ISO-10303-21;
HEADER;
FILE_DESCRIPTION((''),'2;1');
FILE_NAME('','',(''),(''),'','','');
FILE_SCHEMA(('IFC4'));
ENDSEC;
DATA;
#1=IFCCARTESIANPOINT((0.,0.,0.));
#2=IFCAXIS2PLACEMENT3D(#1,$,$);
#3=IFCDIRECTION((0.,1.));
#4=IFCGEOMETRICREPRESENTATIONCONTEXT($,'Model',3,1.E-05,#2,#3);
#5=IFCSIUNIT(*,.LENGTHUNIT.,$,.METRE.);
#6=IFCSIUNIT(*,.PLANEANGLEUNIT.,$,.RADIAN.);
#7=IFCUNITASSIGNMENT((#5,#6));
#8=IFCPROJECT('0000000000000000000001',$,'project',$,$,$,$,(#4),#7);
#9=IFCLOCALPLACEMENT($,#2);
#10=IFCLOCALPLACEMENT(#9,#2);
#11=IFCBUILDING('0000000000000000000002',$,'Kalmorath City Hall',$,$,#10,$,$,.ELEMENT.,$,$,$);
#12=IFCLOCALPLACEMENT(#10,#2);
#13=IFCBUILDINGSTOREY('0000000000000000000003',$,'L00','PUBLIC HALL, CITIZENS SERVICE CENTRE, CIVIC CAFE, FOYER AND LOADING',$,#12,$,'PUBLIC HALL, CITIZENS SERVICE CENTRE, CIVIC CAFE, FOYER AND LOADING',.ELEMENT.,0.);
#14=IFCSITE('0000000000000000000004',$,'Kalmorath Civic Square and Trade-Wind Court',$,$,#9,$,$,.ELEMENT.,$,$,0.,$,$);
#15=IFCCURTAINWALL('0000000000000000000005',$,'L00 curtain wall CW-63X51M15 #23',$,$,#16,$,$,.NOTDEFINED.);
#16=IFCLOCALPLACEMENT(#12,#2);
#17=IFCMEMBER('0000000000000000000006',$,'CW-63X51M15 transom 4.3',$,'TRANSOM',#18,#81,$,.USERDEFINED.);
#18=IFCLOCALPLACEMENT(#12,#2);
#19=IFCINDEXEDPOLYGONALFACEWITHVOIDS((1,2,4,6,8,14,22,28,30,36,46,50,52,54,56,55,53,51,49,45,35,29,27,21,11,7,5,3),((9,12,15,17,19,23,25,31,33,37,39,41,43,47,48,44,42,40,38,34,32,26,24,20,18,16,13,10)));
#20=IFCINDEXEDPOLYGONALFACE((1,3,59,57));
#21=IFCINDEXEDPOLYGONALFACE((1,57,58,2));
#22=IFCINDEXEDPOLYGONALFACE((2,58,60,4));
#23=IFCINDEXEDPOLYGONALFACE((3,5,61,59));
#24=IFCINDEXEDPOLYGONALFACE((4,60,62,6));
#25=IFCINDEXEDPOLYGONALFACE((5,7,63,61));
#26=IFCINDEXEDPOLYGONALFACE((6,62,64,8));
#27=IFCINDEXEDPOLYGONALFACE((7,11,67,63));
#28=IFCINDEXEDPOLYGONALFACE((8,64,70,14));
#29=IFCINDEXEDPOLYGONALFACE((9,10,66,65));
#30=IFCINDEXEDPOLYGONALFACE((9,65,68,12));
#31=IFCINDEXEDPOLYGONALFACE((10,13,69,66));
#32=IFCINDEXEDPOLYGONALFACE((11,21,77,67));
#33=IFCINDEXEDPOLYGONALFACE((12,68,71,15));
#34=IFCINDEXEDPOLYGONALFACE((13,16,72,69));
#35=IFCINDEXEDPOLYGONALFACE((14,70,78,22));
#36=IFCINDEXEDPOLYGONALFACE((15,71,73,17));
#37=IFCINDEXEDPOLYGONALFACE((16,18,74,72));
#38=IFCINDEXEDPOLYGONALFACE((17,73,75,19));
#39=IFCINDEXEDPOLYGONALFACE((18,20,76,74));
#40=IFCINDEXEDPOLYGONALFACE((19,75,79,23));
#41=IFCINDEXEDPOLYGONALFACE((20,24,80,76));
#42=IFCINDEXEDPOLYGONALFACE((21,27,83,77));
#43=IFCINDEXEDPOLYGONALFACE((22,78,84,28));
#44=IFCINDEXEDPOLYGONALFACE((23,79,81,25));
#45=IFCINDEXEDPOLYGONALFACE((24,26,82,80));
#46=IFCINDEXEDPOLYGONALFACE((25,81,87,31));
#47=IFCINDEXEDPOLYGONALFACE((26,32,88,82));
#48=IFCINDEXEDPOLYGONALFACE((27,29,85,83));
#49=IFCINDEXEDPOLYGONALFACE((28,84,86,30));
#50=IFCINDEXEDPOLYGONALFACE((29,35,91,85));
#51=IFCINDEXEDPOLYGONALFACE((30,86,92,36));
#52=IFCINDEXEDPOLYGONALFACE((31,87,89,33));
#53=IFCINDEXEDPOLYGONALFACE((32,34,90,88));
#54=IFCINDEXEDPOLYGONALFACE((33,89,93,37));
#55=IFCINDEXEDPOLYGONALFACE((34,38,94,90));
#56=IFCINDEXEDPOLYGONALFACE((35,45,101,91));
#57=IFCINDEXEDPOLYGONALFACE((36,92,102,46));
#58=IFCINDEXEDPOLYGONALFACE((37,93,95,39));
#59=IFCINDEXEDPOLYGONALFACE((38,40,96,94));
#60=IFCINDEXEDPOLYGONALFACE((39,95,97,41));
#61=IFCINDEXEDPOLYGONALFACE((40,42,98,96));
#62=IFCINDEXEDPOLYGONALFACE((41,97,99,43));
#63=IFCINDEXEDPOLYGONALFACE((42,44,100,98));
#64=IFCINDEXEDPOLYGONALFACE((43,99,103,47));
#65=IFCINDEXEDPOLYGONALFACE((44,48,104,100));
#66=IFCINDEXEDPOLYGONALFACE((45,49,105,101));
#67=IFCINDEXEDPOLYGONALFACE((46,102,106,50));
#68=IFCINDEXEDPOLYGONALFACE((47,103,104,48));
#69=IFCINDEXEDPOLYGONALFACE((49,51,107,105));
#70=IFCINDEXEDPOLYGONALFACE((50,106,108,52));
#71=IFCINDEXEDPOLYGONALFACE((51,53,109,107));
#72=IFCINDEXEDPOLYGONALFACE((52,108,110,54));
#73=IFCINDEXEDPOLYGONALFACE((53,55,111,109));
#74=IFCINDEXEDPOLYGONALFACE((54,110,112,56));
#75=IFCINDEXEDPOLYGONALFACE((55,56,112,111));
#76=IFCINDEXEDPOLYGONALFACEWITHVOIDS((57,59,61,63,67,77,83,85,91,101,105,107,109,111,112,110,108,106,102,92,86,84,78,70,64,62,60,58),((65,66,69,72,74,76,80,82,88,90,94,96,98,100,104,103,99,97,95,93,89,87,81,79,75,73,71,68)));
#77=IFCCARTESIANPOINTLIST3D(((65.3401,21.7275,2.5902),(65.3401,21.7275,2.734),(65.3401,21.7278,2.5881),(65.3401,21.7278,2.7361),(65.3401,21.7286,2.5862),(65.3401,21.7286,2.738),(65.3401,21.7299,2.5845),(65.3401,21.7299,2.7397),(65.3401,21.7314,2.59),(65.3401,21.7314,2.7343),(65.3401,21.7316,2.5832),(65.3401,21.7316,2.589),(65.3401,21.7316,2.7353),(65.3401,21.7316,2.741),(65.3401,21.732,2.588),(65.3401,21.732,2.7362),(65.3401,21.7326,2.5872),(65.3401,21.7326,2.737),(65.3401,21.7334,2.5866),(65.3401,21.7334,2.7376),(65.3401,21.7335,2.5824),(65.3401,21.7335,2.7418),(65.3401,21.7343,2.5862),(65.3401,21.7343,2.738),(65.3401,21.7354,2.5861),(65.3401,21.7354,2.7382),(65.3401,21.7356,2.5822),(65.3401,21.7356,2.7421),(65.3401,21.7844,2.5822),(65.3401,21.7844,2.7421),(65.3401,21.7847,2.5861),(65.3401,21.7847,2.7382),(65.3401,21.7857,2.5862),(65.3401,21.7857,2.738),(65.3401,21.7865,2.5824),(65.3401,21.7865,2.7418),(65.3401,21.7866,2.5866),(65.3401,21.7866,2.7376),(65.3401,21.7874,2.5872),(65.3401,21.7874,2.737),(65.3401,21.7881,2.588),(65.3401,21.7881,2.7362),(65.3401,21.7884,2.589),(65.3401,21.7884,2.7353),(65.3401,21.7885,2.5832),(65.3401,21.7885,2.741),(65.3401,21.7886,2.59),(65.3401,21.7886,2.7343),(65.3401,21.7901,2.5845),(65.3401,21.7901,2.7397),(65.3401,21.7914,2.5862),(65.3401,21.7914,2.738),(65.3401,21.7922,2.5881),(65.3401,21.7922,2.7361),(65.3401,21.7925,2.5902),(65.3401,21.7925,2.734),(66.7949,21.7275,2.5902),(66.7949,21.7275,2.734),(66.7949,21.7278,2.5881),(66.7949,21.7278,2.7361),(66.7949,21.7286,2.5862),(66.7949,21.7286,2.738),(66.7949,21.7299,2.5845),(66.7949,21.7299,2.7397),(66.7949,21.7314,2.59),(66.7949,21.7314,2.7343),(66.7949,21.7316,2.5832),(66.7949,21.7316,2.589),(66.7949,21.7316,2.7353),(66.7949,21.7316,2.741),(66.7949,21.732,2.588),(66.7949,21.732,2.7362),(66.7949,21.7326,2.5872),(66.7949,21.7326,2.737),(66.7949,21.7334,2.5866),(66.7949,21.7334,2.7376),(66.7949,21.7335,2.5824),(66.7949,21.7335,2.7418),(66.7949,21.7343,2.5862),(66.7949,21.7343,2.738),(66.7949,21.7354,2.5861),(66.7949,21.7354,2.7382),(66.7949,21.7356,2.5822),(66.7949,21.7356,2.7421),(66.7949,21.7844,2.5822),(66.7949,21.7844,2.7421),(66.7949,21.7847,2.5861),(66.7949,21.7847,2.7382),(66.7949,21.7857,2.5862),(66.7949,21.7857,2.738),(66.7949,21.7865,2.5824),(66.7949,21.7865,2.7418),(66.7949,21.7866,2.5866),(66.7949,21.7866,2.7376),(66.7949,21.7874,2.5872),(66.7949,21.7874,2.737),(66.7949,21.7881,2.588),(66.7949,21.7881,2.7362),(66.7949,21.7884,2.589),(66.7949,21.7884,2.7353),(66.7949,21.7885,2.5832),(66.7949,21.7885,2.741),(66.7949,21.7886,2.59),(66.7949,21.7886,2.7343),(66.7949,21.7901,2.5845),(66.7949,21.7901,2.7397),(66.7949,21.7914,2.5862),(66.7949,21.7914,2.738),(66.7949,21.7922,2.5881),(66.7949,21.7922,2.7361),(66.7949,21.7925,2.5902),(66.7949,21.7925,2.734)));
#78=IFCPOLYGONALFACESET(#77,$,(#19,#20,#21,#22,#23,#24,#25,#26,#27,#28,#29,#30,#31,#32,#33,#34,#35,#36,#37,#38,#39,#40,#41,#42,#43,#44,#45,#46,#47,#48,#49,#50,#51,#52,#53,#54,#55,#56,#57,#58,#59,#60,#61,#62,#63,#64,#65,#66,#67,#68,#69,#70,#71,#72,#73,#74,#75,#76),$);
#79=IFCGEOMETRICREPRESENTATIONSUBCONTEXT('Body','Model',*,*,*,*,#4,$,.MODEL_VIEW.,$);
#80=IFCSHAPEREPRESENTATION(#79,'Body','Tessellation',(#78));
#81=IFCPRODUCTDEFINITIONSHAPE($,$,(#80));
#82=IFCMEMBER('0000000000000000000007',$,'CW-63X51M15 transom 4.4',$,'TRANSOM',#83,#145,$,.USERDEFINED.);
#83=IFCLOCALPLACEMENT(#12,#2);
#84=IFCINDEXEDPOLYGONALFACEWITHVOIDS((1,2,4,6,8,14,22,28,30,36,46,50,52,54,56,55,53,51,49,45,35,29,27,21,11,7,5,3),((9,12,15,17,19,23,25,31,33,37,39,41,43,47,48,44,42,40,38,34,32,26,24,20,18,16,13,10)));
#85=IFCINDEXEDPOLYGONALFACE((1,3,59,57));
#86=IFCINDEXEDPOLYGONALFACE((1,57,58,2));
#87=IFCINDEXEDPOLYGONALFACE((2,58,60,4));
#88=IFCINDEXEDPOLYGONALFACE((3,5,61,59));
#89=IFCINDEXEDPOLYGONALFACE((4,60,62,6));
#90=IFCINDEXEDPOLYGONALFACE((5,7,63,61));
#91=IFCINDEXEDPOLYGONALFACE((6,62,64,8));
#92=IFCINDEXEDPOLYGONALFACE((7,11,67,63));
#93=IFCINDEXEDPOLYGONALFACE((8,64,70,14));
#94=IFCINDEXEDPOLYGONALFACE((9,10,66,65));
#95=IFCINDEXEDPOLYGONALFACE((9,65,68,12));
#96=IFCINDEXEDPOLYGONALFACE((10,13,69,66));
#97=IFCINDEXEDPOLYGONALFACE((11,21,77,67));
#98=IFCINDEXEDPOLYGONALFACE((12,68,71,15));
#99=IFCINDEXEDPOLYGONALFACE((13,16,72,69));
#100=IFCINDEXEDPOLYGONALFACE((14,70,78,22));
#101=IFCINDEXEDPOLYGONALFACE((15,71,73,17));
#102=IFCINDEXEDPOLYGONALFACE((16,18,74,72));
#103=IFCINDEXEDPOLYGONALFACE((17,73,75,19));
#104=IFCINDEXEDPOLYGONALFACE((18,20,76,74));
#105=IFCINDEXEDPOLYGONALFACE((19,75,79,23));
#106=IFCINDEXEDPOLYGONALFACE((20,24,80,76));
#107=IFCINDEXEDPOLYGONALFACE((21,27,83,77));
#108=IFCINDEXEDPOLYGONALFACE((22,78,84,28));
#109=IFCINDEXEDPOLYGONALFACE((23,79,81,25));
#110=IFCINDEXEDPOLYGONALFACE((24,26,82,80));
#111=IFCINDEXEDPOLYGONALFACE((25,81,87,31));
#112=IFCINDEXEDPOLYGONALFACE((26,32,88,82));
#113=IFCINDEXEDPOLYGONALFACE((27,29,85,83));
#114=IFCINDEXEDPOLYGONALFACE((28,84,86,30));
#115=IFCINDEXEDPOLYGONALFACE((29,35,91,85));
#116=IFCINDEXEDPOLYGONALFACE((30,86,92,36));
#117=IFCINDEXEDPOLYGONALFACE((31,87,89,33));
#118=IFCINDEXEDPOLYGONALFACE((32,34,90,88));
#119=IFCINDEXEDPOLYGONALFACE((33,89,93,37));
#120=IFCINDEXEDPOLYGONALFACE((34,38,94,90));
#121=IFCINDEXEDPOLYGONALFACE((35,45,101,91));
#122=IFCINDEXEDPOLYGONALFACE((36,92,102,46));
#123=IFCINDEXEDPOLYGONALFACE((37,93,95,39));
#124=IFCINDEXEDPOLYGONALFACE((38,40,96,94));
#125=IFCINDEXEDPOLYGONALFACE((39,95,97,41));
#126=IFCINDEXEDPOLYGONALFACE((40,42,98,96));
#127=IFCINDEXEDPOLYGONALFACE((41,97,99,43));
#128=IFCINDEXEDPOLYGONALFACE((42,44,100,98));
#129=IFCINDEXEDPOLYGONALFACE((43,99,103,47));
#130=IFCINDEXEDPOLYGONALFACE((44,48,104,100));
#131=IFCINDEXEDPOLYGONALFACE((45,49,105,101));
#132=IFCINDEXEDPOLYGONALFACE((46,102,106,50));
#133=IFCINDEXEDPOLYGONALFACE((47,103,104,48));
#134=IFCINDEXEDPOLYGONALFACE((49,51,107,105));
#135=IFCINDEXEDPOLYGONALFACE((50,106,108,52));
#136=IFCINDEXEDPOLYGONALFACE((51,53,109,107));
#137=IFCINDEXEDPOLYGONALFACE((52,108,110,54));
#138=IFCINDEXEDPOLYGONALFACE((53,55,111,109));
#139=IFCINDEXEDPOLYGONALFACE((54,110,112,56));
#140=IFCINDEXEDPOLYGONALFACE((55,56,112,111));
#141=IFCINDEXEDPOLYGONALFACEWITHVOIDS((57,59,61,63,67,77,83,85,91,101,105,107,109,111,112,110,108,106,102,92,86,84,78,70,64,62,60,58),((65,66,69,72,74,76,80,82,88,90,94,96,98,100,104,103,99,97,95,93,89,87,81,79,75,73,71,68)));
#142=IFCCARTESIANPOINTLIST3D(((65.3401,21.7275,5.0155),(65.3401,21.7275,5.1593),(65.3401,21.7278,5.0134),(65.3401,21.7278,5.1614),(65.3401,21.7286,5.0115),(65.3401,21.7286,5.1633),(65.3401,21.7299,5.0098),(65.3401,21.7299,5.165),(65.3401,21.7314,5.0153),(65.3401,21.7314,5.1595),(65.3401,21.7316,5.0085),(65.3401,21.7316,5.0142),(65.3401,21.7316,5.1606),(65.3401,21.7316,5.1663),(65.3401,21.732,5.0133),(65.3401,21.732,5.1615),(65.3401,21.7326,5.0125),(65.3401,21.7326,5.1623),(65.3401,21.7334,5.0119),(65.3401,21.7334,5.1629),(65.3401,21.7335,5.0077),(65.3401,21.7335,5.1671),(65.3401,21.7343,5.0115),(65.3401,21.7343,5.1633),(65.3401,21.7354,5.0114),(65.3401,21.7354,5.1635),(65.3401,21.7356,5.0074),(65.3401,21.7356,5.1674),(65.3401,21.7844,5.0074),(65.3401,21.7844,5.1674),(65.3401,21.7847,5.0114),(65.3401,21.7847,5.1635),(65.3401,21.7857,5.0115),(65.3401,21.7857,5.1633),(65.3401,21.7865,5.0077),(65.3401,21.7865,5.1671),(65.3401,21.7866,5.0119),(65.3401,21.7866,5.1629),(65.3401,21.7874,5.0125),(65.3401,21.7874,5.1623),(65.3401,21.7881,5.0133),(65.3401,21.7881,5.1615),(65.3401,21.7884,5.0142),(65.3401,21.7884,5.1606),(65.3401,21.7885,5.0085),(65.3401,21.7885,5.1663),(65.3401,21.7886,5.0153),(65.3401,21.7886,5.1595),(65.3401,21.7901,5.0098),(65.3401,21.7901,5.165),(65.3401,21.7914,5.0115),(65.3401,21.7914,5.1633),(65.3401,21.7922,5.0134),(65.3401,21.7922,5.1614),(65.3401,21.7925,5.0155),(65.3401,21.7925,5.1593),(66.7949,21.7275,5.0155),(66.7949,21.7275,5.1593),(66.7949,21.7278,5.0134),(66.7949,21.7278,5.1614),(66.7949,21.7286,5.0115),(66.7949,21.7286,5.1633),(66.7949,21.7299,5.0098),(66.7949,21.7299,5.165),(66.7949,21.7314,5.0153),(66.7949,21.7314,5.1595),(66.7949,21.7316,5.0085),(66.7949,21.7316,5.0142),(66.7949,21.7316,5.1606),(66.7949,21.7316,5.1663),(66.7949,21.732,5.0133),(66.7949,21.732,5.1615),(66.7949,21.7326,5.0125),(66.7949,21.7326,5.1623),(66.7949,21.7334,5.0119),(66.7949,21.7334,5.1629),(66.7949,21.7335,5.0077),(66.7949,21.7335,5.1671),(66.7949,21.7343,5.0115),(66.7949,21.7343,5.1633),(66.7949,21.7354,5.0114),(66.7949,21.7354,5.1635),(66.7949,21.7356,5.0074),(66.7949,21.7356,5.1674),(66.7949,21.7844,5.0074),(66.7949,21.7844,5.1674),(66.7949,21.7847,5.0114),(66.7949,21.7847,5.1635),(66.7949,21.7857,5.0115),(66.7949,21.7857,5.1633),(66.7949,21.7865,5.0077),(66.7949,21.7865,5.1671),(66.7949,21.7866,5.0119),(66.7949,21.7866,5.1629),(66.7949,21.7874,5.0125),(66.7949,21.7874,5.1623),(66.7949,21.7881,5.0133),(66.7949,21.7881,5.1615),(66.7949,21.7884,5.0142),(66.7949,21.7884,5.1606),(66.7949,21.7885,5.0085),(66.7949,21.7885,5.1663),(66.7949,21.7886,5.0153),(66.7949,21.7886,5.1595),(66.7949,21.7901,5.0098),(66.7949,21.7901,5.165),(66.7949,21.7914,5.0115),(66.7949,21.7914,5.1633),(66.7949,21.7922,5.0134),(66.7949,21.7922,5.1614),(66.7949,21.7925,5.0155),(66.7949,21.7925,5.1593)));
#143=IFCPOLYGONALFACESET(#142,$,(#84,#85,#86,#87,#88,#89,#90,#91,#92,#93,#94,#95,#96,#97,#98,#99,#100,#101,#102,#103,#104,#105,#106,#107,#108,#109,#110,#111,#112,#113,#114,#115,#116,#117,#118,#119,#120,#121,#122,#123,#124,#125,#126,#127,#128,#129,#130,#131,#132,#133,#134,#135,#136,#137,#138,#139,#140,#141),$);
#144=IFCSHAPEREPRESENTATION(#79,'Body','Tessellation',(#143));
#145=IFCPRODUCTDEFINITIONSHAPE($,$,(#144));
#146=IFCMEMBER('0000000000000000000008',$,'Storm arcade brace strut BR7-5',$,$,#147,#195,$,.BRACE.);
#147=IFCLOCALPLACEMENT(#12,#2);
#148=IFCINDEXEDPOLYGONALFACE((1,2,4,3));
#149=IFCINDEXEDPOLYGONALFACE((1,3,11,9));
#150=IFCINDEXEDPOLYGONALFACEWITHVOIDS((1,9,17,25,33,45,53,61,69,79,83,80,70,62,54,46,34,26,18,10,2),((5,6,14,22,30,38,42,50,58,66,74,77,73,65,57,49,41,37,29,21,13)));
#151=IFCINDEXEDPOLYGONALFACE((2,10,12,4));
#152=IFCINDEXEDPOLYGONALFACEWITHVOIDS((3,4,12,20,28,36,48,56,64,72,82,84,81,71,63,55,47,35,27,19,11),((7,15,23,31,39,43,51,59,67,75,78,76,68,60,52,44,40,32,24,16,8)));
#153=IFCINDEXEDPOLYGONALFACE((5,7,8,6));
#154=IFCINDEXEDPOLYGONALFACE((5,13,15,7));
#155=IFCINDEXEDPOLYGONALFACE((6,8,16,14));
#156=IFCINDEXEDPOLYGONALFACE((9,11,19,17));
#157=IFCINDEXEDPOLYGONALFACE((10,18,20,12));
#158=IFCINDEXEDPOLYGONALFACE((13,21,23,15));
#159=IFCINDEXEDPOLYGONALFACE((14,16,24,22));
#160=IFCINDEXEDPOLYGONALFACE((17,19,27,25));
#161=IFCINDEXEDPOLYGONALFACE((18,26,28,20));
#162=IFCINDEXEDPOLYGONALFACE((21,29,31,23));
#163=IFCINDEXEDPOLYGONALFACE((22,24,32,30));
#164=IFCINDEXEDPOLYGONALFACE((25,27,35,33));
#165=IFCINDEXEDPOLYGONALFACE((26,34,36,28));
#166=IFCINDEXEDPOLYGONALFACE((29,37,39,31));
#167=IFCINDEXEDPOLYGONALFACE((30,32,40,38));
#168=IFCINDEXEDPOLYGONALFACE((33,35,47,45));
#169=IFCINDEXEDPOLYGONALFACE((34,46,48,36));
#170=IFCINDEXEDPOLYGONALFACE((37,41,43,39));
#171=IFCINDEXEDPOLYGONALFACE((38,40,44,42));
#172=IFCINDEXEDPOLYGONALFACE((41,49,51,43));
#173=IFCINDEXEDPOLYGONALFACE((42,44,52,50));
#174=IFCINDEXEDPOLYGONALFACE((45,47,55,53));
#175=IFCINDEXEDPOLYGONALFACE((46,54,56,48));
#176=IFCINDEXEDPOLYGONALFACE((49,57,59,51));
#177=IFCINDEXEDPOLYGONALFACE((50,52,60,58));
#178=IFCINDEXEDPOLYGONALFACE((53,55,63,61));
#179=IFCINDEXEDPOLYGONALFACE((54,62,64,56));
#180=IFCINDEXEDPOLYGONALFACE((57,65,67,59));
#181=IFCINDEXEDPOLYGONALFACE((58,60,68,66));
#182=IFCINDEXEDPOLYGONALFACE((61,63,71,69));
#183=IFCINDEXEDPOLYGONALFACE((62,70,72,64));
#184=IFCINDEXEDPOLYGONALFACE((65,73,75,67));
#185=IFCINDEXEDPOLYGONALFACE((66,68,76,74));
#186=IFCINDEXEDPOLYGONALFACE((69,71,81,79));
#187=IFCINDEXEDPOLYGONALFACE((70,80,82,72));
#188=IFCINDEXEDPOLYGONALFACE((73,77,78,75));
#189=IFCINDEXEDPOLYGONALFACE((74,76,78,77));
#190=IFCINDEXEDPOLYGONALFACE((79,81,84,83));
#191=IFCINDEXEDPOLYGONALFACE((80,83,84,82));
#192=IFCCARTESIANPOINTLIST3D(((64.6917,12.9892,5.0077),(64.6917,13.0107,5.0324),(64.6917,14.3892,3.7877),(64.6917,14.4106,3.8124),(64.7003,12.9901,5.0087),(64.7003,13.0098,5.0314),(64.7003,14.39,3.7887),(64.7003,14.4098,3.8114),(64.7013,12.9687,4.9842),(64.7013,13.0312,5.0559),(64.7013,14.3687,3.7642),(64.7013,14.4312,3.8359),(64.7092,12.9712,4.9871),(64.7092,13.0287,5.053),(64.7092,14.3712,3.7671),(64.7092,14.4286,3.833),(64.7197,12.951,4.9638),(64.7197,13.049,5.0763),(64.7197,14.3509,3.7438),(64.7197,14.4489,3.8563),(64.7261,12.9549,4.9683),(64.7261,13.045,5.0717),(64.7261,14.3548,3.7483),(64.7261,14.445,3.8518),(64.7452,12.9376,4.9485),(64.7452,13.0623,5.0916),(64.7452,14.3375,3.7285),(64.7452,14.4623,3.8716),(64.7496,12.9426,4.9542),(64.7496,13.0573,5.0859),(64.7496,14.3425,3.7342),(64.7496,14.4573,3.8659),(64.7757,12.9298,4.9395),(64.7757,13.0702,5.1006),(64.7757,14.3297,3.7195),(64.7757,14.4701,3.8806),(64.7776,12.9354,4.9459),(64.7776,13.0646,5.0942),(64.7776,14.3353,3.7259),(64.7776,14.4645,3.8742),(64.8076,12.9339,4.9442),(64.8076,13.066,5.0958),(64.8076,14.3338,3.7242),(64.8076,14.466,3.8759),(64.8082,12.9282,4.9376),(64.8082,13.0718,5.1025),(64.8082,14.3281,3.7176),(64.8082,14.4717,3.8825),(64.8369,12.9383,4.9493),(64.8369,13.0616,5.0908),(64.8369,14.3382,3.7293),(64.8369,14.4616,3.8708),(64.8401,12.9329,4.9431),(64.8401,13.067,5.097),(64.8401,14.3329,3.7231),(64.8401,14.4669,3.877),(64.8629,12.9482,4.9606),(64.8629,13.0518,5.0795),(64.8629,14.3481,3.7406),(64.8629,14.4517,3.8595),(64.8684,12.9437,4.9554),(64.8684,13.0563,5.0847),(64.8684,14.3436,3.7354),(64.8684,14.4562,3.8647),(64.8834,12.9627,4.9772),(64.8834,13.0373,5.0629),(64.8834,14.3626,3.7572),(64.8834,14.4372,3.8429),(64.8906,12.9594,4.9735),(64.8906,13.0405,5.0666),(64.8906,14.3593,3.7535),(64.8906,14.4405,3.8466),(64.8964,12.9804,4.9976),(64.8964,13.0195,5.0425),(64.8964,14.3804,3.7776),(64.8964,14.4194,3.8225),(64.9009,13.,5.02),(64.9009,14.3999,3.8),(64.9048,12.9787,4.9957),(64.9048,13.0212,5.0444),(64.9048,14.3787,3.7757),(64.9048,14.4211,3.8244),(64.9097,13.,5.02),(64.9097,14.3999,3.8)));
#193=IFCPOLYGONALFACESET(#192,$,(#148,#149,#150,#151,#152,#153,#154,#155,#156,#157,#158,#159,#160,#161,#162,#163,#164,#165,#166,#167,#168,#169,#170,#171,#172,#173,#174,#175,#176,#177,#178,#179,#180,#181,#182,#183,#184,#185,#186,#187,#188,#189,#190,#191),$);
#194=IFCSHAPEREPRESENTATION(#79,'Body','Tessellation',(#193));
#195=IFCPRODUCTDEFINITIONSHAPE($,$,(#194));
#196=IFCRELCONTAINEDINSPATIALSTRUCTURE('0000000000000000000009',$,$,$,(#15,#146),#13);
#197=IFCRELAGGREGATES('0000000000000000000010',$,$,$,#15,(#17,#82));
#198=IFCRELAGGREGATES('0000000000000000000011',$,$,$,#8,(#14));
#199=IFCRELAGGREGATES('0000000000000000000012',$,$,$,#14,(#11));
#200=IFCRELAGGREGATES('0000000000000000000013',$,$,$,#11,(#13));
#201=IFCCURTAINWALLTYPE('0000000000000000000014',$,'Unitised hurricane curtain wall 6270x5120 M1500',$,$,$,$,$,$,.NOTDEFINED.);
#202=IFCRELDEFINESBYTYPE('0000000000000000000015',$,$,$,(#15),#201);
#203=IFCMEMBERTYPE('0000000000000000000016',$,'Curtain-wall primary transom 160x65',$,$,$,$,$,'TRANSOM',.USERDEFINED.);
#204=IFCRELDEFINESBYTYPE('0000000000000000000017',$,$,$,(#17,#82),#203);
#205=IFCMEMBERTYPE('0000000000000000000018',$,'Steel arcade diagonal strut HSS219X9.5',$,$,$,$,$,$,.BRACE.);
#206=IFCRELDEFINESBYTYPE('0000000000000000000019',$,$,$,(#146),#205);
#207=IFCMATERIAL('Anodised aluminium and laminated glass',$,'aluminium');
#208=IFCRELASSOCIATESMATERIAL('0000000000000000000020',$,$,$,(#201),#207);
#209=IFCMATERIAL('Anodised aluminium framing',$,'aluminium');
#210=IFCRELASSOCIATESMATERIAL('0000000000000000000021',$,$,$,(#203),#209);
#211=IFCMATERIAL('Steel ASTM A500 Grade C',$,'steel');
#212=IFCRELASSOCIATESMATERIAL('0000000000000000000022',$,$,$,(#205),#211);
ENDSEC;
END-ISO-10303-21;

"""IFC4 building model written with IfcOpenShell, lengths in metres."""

from ifc_helpers import new_model, si_unit, direction, frame, origin, origin_2d, place, context, subcontext, project, spatial, hollow_rectangle, hollow_circle, extrude, material, material_profile, profile_set, type_object, element, aggregate, save


model = new_model("IFC4")

# Units and contexts
model_context = context("Model", 3, precision=1e-05, world=origin(), true_north=direction((0.0, 1.0)))
body_context = subcontext(model_context, "Body", "Model", "MODEL_VIEW")
ifc_project = project(units=[si_unit("LENGTHUNIT", "METRE"), si_unit("PLANEANGLEUNIT", "RADIAN")], contexts=[model_context])

# Site, building, storey
site_placement = place(None, origin())
site = spatial("IfcSite", under=ifc_project, at=site_placement, Name="Kalmorath Civic Square and Trade-Wind Court", CompositionType="ELEMENT", RefElevation=0.0)
building_placement = place(site_placement, origin())
building = spatial("IfcBuilding", under=site, at=building_placement, Name="Kalmorath City Hall", CompositionType="ELEMENT")
storey_placement = place(building_placement, origin())
storey = spatial("IfcBuildingStorey", under=building, at=storey_placement, Name="L00", Description="PUBLIC HALL, CITIZENS SERVICE CENTRE, CIVIC CAFE, FOYER AND LOADING", LongName="PUBLIC HALL, CITIZENS SERVICE CENTRE, CIVIC CAFE, FOYER AND LOADING", CompositionType="ELEMENT", Elevation=0.0)

# Curtain wall, members
ifc_material_1 = material(Name="Anodised aluminium and laminated glass", Category="aluminium")
curtain_wall_type = type_object("IfcCurtainWallType", Name="Unitised hurricane curtain wall 6270x5120 M1500", PredefinedType="NOTDEFINED", material=ifc_material_1)
curtain_wall_placement = place(storey_placement, origin())
curtain_wall = element("IfcCurtainWall", 1, at=curtain_wall_placement, inside=storey, type_object=curtain_wall_type, Name="L00 curtain wall CW-63X51M15 #23", PredefinedType="NOTDEFINED")
ifc_material_2 = material(Name="Anodised aluminium framing", Category="aluminium")
ifc_material_profile_1 = material_profile(ifc_material_2, hollow_rectangle(XDim=0.0649, YDim=0.1599, WallThickness=0.0039, InnerFilletRadius=0.0039, OuterFilletRadius=0.0081, at=origin_2d()), Name="ALU-TRN-160X65X4")
ifc_profile_set_1 = profile_set([ifc_material_profile_1], Name="Anodised aluminium framing")
member_type_1 = type_object("IfcMemberType", Name="Curtain-wall primary transom 160x65", ElementType="TRANSOM", PredefinedType="USERDEFINED", material=ifc_profile_set_1)
member_1_placement = place(storey_placement, frame((66.7949, 21.76, 2.6621), z_axis=(-1.0, 0.0, 0.0), x_axis=(0.0, -1.0, 0.0)))
member_1 = element("IfcMember", 2, at=member_1_placement, type_object=member_type_1, Name="CW-63X51M15 transom 4.3", ObjectType="TRANSOM", PredefinedType="USERDEFINED", context=body_context, shape_type="SweptSolid", body=[
    extrude(hollow_rectangle(XDim=0.0649, YDim=0.1599, WallThickness=0.0039, InnerFilletRadius=0.0039, OuterFilletRadius=0.0081, at=origin_2d()), origin(), (0.0, 0.0, 1.0), 1.4548),
])
member_2_placement = place(storey_placement, frame((66.7949, 21.76, 5.0874), z_axis=(-1.0, 0.0, 0.0), x_axis=(0.0, -1.0, 0.0)))
member_2 = element("IfcMember", 3, at=member_2_placement, type_object=member_type_1, Name="CW-63X51M15 transom 4.4", ObjectType="TRANSOM", PredefinedType="USERDEFINED", context=body_context, shape_type="SweptSolid", body=[
    extrude(hollow_rectangle(XDim=0.0649, YDim=0.1599, WallThickness=0.0039, InnerFilletRadius=0.0039, OuterFilletRadius=0.0081, at=origin_2d()), origin(), (0.0, 0.0, 1.0), 1.4548),
])

# Member
ifc_material_3 = material(Name="Steel ASTM A500 Grade C", Category="steel")
ifc_material_profile_2 = material_profile(ifc_material_3, hollow_circle(Radius=0.1096, WallThickness=0.0088, at=origin_2d()), Name="HSS219X9.5")
ifc_profile_set_2 = profile_set([ifc_material_profile_2], Name="Steel ASTM A500 Grade C")
member_type_2 = type_object("IfcMemberType", Name="Steel arcade diagonal strut HSS219X9.5", PredefinedType="BRACE", material=ifc_profile_set_2)
for number, where, z_axis, x_axis, name in (
    (4, (64.8, 14.3999, 3.8), (0.0, -0.753895, 0.656995), (1.0, 0.0, 0.0), "Storm arcade brace strut BR7-5"),
):
    element("IfcMember", number, at=place(storey_placement, frame(where, z_axis=z_axis, x_axis=x_axis)), inside=storey, type_object=member_type_2, Name=name, PredefinedType="BRACE", context=body_context, shape_type="SweptSolid", body=[
        extrude(hollow_circle(Radius=0.1096, WallThickness=0.0088, at=origin_2d()), origin(), (0.0, 0.0, 1.0), 1.8569),
    ])

aggregate(curtain_wall, [member_1, member_2])

save(model, "model.ifc")
